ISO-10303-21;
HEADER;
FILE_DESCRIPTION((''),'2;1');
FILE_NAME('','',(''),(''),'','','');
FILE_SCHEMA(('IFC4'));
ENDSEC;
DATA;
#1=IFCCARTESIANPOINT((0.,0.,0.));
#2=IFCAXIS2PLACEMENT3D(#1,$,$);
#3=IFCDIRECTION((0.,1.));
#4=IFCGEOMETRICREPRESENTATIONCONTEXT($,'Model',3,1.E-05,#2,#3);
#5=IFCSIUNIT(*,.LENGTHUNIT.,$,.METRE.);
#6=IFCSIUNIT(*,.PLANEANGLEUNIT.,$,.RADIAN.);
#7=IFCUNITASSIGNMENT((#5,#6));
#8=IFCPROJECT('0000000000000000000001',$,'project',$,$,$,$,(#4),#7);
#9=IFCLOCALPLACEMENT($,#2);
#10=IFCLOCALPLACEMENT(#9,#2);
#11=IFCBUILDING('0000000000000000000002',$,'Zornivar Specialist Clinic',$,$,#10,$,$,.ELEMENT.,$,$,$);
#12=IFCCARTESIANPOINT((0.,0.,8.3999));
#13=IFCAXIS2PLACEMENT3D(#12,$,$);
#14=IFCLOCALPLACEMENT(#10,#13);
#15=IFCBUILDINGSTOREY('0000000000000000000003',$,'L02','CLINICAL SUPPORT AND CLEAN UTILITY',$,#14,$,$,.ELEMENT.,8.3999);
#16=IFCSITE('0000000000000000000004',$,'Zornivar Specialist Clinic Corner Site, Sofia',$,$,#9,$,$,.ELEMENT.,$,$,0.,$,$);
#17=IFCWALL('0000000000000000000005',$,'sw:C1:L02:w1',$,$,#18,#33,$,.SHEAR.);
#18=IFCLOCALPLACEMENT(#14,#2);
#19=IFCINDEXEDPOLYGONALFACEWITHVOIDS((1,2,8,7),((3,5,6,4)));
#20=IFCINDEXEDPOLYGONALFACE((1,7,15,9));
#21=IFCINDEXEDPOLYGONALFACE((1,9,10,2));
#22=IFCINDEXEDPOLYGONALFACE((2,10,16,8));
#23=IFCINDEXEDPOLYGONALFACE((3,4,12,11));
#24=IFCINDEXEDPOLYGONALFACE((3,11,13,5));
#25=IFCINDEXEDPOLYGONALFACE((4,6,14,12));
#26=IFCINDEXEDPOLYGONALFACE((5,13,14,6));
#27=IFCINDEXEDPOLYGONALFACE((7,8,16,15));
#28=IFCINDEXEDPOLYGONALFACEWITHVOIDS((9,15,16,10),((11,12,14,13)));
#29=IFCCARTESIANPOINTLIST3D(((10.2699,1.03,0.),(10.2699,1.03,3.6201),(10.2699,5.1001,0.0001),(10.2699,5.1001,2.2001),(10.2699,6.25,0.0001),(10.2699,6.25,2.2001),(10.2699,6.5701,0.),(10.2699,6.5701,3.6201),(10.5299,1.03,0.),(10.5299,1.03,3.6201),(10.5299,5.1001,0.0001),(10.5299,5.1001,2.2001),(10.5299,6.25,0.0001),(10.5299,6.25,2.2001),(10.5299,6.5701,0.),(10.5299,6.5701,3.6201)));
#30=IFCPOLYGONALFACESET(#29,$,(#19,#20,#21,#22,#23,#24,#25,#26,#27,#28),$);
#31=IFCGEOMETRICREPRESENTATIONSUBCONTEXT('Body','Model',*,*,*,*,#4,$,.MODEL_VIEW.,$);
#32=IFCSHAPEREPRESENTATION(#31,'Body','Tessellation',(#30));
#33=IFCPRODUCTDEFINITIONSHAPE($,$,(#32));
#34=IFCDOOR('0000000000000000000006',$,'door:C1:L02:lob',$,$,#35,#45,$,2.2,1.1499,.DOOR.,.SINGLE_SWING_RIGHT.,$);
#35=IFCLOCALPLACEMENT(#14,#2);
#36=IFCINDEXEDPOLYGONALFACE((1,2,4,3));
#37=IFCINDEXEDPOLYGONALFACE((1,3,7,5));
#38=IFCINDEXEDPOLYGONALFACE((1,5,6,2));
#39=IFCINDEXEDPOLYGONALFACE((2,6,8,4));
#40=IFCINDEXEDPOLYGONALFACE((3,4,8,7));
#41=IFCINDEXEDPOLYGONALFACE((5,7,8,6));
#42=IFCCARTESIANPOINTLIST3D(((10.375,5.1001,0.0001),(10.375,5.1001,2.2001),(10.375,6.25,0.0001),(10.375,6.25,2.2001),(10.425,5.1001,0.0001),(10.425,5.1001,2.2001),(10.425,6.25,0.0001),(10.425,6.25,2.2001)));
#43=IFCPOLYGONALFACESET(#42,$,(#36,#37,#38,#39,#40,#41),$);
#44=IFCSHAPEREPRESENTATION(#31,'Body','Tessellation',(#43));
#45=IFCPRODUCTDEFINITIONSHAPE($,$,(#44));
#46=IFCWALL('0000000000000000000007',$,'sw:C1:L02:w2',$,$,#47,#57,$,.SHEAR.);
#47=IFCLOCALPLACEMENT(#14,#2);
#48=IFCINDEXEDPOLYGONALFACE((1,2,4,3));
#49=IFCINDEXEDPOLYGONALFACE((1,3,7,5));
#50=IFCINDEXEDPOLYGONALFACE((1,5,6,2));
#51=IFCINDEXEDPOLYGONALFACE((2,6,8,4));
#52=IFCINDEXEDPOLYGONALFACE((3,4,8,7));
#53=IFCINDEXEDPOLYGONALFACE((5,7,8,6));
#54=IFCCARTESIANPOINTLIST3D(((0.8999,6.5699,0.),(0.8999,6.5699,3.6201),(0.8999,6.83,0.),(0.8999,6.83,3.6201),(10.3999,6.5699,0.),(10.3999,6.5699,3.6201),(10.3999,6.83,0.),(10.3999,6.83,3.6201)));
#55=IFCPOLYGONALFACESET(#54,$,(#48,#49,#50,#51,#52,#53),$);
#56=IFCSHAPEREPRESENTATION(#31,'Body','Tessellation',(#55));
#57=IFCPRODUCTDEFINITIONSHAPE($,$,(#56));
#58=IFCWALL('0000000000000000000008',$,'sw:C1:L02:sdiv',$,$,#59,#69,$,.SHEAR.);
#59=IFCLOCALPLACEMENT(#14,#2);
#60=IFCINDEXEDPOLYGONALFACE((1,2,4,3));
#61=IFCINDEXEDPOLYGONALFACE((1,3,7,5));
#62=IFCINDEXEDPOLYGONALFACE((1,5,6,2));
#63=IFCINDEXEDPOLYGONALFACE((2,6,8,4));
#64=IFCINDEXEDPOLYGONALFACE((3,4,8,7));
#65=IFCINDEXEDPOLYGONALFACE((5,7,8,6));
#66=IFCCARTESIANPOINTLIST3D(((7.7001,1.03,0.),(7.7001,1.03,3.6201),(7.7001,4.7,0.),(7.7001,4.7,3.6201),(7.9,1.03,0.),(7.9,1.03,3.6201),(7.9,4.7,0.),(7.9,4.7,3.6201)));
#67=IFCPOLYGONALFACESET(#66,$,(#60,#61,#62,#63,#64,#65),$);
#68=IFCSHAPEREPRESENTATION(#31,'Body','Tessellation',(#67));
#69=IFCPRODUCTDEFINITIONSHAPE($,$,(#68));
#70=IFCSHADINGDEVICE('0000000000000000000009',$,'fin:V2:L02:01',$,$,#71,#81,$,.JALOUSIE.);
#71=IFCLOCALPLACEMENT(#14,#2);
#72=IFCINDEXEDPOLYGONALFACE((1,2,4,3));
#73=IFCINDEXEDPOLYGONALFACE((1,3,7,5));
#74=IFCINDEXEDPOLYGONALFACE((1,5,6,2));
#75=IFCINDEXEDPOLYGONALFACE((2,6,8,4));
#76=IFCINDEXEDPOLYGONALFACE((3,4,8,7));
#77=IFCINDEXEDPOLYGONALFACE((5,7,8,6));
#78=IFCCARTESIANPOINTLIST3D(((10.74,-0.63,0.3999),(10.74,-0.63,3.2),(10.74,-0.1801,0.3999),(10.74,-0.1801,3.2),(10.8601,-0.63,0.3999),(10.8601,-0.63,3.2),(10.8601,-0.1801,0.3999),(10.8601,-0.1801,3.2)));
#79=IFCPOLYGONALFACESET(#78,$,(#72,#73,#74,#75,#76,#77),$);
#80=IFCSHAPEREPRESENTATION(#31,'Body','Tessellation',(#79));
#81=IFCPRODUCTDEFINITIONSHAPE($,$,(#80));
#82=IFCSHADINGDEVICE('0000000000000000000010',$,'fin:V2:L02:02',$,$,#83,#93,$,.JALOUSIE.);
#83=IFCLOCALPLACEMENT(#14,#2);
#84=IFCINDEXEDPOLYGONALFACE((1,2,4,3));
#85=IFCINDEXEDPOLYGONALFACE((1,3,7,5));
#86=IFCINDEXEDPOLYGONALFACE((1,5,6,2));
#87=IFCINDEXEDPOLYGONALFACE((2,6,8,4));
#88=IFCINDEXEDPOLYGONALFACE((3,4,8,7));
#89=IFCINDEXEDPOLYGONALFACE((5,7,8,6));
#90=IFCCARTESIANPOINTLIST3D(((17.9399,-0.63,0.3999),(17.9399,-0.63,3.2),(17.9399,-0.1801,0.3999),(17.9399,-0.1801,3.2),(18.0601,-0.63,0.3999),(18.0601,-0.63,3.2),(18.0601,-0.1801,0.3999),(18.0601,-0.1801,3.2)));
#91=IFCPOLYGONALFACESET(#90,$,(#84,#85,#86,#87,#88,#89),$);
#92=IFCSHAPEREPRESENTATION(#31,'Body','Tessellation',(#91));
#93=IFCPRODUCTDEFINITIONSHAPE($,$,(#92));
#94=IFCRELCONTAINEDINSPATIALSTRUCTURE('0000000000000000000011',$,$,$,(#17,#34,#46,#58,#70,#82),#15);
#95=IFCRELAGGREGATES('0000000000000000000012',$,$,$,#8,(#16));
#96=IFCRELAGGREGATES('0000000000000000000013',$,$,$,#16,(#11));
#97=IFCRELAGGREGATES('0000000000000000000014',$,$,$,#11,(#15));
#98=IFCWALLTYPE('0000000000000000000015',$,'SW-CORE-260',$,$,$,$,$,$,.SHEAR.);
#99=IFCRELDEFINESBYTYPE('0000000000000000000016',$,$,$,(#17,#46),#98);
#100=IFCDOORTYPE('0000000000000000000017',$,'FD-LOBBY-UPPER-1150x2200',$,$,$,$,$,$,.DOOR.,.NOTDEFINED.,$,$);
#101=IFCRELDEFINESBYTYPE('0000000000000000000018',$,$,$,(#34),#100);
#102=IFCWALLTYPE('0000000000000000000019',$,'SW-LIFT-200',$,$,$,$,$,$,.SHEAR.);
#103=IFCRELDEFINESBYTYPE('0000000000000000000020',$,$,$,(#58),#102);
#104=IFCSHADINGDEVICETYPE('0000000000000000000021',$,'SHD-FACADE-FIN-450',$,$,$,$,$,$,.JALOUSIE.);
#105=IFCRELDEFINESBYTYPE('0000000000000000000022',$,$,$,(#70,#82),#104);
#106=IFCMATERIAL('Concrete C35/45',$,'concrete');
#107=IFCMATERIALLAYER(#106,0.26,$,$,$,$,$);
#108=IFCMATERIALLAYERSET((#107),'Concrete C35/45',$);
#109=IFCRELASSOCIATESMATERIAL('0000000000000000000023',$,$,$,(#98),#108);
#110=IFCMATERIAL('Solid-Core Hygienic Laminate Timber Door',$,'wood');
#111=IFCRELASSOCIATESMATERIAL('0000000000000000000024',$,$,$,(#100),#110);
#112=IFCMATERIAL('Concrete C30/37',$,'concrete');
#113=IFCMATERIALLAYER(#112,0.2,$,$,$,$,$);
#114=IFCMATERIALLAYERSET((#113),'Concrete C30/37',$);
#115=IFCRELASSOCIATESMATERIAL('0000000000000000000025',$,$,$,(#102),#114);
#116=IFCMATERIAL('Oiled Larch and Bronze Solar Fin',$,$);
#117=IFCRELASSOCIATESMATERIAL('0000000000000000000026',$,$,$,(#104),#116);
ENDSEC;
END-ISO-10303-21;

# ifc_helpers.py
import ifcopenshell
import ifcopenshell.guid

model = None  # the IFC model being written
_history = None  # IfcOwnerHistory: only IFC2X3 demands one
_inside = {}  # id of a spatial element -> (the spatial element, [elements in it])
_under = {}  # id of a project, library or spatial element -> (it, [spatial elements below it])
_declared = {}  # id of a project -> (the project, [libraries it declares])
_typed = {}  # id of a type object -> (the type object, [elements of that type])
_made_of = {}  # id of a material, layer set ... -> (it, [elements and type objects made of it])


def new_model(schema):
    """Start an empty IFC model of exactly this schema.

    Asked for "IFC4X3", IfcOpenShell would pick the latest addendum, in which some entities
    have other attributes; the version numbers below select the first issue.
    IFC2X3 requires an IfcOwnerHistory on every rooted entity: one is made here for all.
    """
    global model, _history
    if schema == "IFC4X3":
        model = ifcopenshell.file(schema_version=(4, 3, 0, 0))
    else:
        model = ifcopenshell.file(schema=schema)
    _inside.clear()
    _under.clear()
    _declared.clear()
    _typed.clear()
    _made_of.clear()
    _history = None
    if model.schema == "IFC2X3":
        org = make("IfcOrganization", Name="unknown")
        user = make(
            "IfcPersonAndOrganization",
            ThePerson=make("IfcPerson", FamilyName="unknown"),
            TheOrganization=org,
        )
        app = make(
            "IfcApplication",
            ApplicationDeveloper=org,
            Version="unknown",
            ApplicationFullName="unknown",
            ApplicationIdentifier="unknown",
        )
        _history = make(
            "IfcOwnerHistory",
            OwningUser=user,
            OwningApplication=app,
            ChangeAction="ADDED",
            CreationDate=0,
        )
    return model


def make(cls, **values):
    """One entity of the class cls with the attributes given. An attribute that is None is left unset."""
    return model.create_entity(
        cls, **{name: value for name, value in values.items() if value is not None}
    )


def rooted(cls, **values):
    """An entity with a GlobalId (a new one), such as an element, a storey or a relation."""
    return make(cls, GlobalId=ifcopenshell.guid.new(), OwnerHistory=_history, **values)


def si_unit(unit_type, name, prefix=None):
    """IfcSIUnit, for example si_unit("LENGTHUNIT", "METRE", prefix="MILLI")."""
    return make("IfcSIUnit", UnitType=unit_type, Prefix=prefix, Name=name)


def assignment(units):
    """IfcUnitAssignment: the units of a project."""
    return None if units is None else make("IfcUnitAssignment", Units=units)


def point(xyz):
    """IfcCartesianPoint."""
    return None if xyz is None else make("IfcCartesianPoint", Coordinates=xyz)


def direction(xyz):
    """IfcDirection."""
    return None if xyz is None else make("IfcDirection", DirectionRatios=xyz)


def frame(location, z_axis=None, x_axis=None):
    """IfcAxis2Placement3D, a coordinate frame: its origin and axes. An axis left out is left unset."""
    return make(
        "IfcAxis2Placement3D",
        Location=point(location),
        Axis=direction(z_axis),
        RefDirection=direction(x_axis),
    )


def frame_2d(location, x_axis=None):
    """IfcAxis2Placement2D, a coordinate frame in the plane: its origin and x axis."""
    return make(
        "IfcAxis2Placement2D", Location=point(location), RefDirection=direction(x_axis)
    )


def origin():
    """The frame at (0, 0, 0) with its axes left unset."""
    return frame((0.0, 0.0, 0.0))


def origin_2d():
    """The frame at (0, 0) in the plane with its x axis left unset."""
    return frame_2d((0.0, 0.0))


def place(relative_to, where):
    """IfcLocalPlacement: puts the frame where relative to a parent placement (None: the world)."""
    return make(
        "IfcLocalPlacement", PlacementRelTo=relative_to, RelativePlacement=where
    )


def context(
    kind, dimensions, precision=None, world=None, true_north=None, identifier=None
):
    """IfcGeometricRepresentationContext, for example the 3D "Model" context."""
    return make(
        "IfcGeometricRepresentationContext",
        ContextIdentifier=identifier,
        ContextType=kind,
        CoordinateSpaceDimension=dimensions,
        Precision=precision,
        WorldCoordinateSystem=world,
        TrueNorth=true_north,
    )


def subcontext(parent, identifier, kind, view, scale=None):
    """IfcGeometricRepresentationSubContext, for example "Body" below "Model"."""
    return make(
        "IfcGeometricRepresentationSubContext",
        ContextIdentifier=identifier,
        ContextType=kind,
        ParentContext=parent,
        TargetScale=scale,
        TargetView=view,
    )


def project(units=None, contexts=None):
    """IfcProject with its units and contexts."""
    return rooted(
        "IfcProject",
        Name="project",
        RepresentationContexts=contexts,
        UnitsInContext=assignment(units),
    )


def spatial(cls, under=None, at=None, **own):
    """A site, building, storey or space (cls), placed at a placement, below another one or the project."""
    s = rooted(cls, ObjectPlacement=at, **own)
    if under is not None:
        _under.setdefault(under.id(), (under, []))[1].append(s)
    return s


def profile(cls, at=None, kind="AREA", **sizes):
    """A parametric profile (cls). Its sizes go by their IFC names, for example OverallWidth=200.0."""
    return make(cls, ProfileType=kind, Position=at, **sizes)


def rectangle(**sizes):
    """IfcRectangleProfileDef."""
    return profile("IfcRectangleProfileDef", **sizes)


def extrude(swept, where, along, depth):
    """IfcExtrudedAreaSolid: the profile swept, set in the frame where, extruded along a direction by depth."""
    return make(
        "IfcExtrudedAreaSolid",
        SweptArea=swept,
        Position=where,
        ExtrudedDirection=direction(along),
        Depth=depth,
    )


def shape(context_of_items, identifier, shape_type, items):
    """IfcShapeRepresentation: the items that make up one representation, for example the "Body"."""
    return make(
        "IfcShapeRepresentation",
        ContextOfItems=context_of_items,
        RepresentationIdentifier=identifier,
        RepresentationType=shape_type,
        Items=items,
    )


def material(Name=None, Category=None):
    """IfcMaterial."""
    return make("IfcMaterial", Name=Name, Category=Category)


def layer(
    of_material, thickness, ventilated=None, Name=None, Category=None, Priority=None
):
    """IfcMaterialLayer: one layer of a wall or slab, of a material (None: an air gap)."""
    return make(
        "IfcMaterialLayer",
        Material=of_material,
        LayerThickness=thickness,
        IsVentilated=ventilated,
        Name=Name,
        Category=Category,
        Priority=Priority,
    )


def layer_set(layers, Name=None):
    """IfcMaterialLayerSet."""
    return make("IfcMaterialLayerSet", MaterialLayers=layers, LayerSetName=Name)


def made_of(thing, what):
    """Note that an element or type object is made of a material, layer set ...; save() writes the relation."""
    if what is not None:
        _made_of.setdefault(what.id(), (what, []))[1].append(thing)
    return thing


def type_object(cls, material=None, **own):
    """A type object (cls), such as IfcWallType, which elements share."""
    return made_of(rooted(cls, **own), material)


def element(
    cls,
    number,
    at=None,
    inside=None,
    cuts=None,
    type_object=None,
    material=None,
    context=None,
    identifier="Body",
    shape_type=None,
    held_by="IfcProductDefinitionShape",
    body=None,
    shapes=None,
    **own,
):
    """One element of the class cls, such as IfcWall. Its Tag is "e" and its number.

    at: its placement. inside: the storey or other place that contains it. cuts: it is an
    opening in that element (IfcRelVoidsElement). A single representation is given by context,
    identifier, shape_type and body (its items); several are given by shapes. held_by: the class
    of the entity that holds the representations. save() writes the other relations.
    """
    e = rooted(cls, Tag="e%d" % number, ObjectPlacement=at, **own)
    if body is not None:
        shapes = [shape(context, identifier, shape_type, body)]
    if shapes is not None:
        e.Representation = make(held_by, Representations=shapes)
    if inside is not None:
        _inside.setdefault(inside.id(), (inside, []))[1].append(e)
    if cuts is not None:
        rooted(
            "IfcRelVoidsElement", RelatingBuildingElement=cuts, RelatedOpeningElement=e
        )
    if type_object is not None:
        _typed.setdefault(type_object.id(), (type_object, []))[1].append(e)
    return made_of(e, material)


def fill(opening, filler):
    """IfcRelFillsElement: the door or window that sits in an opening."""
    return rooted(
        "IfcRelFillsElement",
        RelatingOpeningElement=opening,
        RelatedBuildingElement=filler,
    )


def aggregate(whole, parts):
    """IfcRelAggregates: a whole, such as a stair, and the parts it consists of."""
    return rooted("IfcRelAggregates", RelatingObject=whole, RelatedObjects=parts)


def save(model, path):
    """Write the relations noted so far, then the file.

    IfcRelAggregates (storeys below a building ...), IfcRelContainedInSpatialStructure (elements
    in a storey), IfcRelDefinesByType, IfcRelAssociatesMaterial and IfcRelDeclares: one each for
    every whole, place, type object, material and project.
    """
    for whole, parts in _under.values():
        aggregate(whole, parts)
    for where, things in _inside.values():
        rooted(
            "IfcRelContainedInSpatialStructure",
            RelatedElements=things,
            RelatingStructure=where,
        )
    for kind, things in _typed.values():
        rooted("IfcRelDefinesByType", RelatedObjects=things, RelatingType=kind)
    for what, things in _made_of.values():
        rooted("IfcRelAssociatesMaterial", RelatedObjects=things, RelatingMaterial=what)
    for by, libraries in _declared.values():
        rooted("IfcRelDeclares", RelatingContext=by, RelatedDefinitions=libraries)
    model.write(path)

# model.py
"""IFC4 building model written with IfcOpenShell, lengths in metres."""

from ifc_helpers import new_model, si_unit, direction, frame, frame_2d, origin, origin_2d, place, context, subcontext, project, spatial, rectangle, extrude, material, layer, layer_set, type_object, element, fill, save


model = new_model("IFC4")

# Units and contexts
model_context = context("Model", 3, precision=1e-05, world=origin(), true_north=direction((0.0, 1.0)))
body_context = subcontext(model_context, "Body", "Model", "MODEL_VIEW")
ifc_project = project(units=[si_unit("LENGTHUNIT", "METRE"), si_unit("PLANEANGLEUNIT", "RADIAN")], contexts=[model_context])

# Site, building, storey
site_placement = place(None, origin())
site = spatial("IfcSite", under=ifc_project, at=site_placement, Name="Zornivar Specialist Clinic Corner Site, Sofia", CompositionType="ELEMENT", RefElevation=0.0)
building_placement = place(site_placement, origin())
building = spatial("IfcBuilding", under=site, at=building_placement, Name="Zornivar Specialist Clinic", CompositionType="ELEMENT")
storey_placement = place(building_placement, frame((0.0, 0.0, 8.3999)))
storey = spatial("IfcBuildingStorey", under=building, at=storey_placement, Name="L02", Description="CLINICAL SUPPORT AND CLEAN UTILITY", CompositionType="ELEMENT", Elevation=8.3999)

# Wall, opening, door
ifc_material_1 = material(Name="Concrete C35/45", Category="concrete")
ifc_layer_1 = layer(ifc_material_1, 0.26)
ifc_layer_set_1 = layer_set([ifc_layer_1], Name="Concrete C35/45")
wall_type_1 = type_object("IfcWallType", Name="SW-CORE-260", PredefinedType="SHEAR", material=ifc_layer_set_1)
wall_1_placement = place(storey_placement, frame((10.3999, 1.03, 0.0), z_axis=(0.0, 0.0, 1.0), x_axis=(0.0, 1.0, 0.0)))
wall_1 = element("IfcWall", 1, at=wall_1_placement, inside=storey, type_object=wall_type_1, Name="sw:C1:L02:w1", PredefinedType="SHEAR", context=body_context, shape_type="SweptSolid", body=[
    extrude(rectangle(XDim=5.54, YDim=0.26, at=frame_2d((2.77, 0.0))), origin(), (0.0, 0.0, 1.0), 3.6201),
])
opening_1_placement = place(wall_1_placement, frame((4.0701, 0.0, 0.0)))
opening_1 = element("IfcOpeningElement", 2, at=opening_1_placement, cuts=wall_1, PredefinedType="OPENING", context=body_context, shape_type="SweptSolid", body=[
    extrude(rectangle(XDim=1.1499, YDim=2.2, at=frame_2d((0.575, 1.1001))), frame((0.0, 0.1399, 0.0), z_axis=(0.0, -1.0, 0.0), x_axis=(1.0, 0.0, 0.0)), (0.0, 0.0, 1.0), 0.28),
])
ifc_material_2 = material(Name="Solid-Core Hygienic Laminate Timber Door", Category="wood")
door_type_1 = type_object("IfcDoorType", Name="FD-LOBBY-UPPER-1150x2200", OperationType="NOTDEFINED", PredefinedType="DOOR", material=ifc_material_2)
door_1_placement = place(opening_1_placement, origin())
door_1 = element("IfcDoor", 3, at=door_1_placement, inside=storey, type_object=door_type_1, Name="door:C1:L02:lob", OperationType="SINGLE_SWING_RIGHT", OverallHeight=2.2, OverallWidth=1.1499, PredefinedType="DOOR", context=body_context, shape_type="SweptSolid", body=[
    extrude(rectangle(XDim=1.1499, YDim=2.2, at=frame_2d((0.575, 1.1001))), frame((0.0, 0.0249, 0.0), z_axis=(0.0, -1.0, 0.0), x_axis=(1.0, 0.0, 0.0)), (0.0, 0.0, 1.0), 0.05),
])
fill(opening_1, door_1)

# Walls
wall_2_placement = place(storey_placement, frame((10.3999, 6.7, 0.0), z_axis=(0.0, 0.0, 1.0), x_axis=(-1.0, 0.0, 0.0)))
element("IfcWall", 4, at=wall_2_placement, inside=storey, type_object=wall_type_1, Name="sw:C1:L02:w2", PredefinedType="SHEAR", context=body_context, shape_type="SweptSolid", body=[
    extrude(rectangle(XDim=9.5, YDim=0.26, at=frame_2d((4.75, 0.0))), origin(), (0.0, 0.0, 1.0), 3.6201),
])
ifc_material_3 = material(Name="Concrete C30/37", Category="concrete")
ifc_layer_2 = layer(ifc_material_3, 0.2)
ifc_layer_set_2 = layer_set([ifc_layer_2], Name="Concrete C30/37")
wall_type_2 = type_object("IfcWallType", Name="SW-LIFT-200", PredefinedType="SHEAR", material=ifc_layer_set_2)
wall_3_placement = place(storey_placement, frame((7.8, 1.03, 0.0), z_axis=(0.0, 0.0, 1.0), x_axis=(0.0, 1.0, 0.0)))
element("IfcWall", 5, at=wall_3_placement, inside=storey, type_object=wall_type_2, Name="sw:C1:L02:sdiv", PredefinedType="SHEAR", context=body_context, shape_type="SweptSolid", body=[
    extrude(rectangle(XDim=3.6699, YDim=0.2, at=frame_2d((1.835, 0.0))), origin(), (0.0, 0.0, 1.0), 3.6201),
])

# Shading devices
ifc_material_4 = material(Name="Oiled Larch and Bronze Solar Fin")
shading_device_type = type_object("IfcShadingDeviceType", Name="SHD-FACADE-FIN-450", PredefinedType="JALOUSIE", material=ifc_material_4)
for number, where, z_axis, x_axis, name in (
    (6, (10.8, -0.405, 0.3999), (0.0, 0.0, 1.0), (1.0, 0.0, 0.0), "fin:V2:L02:01"),
    (7, (18.0, -0.405, 0.3999), (0.0, 0.0, 1.0), (1.0, 0.0, 0.0), "fin:V2:L02:02"),
):
    element("IfcShadingDevice", number, at=place(storey_placement, frame(where, z_axis=z_axis, x_axis=x_axis)), inside=storey, type_object=shading_device_type, Name=name, PredefinedType="JALOUSIE", context=body_context, shape_type="SweptSolid", body=[
        extrude(rectangle(XDim=0.1201, YDim=0.45, at=origin_2d()), origin(), (0.0, 0.0, 1.0), 2.8),
    ])

save(model, "model.ifc")
